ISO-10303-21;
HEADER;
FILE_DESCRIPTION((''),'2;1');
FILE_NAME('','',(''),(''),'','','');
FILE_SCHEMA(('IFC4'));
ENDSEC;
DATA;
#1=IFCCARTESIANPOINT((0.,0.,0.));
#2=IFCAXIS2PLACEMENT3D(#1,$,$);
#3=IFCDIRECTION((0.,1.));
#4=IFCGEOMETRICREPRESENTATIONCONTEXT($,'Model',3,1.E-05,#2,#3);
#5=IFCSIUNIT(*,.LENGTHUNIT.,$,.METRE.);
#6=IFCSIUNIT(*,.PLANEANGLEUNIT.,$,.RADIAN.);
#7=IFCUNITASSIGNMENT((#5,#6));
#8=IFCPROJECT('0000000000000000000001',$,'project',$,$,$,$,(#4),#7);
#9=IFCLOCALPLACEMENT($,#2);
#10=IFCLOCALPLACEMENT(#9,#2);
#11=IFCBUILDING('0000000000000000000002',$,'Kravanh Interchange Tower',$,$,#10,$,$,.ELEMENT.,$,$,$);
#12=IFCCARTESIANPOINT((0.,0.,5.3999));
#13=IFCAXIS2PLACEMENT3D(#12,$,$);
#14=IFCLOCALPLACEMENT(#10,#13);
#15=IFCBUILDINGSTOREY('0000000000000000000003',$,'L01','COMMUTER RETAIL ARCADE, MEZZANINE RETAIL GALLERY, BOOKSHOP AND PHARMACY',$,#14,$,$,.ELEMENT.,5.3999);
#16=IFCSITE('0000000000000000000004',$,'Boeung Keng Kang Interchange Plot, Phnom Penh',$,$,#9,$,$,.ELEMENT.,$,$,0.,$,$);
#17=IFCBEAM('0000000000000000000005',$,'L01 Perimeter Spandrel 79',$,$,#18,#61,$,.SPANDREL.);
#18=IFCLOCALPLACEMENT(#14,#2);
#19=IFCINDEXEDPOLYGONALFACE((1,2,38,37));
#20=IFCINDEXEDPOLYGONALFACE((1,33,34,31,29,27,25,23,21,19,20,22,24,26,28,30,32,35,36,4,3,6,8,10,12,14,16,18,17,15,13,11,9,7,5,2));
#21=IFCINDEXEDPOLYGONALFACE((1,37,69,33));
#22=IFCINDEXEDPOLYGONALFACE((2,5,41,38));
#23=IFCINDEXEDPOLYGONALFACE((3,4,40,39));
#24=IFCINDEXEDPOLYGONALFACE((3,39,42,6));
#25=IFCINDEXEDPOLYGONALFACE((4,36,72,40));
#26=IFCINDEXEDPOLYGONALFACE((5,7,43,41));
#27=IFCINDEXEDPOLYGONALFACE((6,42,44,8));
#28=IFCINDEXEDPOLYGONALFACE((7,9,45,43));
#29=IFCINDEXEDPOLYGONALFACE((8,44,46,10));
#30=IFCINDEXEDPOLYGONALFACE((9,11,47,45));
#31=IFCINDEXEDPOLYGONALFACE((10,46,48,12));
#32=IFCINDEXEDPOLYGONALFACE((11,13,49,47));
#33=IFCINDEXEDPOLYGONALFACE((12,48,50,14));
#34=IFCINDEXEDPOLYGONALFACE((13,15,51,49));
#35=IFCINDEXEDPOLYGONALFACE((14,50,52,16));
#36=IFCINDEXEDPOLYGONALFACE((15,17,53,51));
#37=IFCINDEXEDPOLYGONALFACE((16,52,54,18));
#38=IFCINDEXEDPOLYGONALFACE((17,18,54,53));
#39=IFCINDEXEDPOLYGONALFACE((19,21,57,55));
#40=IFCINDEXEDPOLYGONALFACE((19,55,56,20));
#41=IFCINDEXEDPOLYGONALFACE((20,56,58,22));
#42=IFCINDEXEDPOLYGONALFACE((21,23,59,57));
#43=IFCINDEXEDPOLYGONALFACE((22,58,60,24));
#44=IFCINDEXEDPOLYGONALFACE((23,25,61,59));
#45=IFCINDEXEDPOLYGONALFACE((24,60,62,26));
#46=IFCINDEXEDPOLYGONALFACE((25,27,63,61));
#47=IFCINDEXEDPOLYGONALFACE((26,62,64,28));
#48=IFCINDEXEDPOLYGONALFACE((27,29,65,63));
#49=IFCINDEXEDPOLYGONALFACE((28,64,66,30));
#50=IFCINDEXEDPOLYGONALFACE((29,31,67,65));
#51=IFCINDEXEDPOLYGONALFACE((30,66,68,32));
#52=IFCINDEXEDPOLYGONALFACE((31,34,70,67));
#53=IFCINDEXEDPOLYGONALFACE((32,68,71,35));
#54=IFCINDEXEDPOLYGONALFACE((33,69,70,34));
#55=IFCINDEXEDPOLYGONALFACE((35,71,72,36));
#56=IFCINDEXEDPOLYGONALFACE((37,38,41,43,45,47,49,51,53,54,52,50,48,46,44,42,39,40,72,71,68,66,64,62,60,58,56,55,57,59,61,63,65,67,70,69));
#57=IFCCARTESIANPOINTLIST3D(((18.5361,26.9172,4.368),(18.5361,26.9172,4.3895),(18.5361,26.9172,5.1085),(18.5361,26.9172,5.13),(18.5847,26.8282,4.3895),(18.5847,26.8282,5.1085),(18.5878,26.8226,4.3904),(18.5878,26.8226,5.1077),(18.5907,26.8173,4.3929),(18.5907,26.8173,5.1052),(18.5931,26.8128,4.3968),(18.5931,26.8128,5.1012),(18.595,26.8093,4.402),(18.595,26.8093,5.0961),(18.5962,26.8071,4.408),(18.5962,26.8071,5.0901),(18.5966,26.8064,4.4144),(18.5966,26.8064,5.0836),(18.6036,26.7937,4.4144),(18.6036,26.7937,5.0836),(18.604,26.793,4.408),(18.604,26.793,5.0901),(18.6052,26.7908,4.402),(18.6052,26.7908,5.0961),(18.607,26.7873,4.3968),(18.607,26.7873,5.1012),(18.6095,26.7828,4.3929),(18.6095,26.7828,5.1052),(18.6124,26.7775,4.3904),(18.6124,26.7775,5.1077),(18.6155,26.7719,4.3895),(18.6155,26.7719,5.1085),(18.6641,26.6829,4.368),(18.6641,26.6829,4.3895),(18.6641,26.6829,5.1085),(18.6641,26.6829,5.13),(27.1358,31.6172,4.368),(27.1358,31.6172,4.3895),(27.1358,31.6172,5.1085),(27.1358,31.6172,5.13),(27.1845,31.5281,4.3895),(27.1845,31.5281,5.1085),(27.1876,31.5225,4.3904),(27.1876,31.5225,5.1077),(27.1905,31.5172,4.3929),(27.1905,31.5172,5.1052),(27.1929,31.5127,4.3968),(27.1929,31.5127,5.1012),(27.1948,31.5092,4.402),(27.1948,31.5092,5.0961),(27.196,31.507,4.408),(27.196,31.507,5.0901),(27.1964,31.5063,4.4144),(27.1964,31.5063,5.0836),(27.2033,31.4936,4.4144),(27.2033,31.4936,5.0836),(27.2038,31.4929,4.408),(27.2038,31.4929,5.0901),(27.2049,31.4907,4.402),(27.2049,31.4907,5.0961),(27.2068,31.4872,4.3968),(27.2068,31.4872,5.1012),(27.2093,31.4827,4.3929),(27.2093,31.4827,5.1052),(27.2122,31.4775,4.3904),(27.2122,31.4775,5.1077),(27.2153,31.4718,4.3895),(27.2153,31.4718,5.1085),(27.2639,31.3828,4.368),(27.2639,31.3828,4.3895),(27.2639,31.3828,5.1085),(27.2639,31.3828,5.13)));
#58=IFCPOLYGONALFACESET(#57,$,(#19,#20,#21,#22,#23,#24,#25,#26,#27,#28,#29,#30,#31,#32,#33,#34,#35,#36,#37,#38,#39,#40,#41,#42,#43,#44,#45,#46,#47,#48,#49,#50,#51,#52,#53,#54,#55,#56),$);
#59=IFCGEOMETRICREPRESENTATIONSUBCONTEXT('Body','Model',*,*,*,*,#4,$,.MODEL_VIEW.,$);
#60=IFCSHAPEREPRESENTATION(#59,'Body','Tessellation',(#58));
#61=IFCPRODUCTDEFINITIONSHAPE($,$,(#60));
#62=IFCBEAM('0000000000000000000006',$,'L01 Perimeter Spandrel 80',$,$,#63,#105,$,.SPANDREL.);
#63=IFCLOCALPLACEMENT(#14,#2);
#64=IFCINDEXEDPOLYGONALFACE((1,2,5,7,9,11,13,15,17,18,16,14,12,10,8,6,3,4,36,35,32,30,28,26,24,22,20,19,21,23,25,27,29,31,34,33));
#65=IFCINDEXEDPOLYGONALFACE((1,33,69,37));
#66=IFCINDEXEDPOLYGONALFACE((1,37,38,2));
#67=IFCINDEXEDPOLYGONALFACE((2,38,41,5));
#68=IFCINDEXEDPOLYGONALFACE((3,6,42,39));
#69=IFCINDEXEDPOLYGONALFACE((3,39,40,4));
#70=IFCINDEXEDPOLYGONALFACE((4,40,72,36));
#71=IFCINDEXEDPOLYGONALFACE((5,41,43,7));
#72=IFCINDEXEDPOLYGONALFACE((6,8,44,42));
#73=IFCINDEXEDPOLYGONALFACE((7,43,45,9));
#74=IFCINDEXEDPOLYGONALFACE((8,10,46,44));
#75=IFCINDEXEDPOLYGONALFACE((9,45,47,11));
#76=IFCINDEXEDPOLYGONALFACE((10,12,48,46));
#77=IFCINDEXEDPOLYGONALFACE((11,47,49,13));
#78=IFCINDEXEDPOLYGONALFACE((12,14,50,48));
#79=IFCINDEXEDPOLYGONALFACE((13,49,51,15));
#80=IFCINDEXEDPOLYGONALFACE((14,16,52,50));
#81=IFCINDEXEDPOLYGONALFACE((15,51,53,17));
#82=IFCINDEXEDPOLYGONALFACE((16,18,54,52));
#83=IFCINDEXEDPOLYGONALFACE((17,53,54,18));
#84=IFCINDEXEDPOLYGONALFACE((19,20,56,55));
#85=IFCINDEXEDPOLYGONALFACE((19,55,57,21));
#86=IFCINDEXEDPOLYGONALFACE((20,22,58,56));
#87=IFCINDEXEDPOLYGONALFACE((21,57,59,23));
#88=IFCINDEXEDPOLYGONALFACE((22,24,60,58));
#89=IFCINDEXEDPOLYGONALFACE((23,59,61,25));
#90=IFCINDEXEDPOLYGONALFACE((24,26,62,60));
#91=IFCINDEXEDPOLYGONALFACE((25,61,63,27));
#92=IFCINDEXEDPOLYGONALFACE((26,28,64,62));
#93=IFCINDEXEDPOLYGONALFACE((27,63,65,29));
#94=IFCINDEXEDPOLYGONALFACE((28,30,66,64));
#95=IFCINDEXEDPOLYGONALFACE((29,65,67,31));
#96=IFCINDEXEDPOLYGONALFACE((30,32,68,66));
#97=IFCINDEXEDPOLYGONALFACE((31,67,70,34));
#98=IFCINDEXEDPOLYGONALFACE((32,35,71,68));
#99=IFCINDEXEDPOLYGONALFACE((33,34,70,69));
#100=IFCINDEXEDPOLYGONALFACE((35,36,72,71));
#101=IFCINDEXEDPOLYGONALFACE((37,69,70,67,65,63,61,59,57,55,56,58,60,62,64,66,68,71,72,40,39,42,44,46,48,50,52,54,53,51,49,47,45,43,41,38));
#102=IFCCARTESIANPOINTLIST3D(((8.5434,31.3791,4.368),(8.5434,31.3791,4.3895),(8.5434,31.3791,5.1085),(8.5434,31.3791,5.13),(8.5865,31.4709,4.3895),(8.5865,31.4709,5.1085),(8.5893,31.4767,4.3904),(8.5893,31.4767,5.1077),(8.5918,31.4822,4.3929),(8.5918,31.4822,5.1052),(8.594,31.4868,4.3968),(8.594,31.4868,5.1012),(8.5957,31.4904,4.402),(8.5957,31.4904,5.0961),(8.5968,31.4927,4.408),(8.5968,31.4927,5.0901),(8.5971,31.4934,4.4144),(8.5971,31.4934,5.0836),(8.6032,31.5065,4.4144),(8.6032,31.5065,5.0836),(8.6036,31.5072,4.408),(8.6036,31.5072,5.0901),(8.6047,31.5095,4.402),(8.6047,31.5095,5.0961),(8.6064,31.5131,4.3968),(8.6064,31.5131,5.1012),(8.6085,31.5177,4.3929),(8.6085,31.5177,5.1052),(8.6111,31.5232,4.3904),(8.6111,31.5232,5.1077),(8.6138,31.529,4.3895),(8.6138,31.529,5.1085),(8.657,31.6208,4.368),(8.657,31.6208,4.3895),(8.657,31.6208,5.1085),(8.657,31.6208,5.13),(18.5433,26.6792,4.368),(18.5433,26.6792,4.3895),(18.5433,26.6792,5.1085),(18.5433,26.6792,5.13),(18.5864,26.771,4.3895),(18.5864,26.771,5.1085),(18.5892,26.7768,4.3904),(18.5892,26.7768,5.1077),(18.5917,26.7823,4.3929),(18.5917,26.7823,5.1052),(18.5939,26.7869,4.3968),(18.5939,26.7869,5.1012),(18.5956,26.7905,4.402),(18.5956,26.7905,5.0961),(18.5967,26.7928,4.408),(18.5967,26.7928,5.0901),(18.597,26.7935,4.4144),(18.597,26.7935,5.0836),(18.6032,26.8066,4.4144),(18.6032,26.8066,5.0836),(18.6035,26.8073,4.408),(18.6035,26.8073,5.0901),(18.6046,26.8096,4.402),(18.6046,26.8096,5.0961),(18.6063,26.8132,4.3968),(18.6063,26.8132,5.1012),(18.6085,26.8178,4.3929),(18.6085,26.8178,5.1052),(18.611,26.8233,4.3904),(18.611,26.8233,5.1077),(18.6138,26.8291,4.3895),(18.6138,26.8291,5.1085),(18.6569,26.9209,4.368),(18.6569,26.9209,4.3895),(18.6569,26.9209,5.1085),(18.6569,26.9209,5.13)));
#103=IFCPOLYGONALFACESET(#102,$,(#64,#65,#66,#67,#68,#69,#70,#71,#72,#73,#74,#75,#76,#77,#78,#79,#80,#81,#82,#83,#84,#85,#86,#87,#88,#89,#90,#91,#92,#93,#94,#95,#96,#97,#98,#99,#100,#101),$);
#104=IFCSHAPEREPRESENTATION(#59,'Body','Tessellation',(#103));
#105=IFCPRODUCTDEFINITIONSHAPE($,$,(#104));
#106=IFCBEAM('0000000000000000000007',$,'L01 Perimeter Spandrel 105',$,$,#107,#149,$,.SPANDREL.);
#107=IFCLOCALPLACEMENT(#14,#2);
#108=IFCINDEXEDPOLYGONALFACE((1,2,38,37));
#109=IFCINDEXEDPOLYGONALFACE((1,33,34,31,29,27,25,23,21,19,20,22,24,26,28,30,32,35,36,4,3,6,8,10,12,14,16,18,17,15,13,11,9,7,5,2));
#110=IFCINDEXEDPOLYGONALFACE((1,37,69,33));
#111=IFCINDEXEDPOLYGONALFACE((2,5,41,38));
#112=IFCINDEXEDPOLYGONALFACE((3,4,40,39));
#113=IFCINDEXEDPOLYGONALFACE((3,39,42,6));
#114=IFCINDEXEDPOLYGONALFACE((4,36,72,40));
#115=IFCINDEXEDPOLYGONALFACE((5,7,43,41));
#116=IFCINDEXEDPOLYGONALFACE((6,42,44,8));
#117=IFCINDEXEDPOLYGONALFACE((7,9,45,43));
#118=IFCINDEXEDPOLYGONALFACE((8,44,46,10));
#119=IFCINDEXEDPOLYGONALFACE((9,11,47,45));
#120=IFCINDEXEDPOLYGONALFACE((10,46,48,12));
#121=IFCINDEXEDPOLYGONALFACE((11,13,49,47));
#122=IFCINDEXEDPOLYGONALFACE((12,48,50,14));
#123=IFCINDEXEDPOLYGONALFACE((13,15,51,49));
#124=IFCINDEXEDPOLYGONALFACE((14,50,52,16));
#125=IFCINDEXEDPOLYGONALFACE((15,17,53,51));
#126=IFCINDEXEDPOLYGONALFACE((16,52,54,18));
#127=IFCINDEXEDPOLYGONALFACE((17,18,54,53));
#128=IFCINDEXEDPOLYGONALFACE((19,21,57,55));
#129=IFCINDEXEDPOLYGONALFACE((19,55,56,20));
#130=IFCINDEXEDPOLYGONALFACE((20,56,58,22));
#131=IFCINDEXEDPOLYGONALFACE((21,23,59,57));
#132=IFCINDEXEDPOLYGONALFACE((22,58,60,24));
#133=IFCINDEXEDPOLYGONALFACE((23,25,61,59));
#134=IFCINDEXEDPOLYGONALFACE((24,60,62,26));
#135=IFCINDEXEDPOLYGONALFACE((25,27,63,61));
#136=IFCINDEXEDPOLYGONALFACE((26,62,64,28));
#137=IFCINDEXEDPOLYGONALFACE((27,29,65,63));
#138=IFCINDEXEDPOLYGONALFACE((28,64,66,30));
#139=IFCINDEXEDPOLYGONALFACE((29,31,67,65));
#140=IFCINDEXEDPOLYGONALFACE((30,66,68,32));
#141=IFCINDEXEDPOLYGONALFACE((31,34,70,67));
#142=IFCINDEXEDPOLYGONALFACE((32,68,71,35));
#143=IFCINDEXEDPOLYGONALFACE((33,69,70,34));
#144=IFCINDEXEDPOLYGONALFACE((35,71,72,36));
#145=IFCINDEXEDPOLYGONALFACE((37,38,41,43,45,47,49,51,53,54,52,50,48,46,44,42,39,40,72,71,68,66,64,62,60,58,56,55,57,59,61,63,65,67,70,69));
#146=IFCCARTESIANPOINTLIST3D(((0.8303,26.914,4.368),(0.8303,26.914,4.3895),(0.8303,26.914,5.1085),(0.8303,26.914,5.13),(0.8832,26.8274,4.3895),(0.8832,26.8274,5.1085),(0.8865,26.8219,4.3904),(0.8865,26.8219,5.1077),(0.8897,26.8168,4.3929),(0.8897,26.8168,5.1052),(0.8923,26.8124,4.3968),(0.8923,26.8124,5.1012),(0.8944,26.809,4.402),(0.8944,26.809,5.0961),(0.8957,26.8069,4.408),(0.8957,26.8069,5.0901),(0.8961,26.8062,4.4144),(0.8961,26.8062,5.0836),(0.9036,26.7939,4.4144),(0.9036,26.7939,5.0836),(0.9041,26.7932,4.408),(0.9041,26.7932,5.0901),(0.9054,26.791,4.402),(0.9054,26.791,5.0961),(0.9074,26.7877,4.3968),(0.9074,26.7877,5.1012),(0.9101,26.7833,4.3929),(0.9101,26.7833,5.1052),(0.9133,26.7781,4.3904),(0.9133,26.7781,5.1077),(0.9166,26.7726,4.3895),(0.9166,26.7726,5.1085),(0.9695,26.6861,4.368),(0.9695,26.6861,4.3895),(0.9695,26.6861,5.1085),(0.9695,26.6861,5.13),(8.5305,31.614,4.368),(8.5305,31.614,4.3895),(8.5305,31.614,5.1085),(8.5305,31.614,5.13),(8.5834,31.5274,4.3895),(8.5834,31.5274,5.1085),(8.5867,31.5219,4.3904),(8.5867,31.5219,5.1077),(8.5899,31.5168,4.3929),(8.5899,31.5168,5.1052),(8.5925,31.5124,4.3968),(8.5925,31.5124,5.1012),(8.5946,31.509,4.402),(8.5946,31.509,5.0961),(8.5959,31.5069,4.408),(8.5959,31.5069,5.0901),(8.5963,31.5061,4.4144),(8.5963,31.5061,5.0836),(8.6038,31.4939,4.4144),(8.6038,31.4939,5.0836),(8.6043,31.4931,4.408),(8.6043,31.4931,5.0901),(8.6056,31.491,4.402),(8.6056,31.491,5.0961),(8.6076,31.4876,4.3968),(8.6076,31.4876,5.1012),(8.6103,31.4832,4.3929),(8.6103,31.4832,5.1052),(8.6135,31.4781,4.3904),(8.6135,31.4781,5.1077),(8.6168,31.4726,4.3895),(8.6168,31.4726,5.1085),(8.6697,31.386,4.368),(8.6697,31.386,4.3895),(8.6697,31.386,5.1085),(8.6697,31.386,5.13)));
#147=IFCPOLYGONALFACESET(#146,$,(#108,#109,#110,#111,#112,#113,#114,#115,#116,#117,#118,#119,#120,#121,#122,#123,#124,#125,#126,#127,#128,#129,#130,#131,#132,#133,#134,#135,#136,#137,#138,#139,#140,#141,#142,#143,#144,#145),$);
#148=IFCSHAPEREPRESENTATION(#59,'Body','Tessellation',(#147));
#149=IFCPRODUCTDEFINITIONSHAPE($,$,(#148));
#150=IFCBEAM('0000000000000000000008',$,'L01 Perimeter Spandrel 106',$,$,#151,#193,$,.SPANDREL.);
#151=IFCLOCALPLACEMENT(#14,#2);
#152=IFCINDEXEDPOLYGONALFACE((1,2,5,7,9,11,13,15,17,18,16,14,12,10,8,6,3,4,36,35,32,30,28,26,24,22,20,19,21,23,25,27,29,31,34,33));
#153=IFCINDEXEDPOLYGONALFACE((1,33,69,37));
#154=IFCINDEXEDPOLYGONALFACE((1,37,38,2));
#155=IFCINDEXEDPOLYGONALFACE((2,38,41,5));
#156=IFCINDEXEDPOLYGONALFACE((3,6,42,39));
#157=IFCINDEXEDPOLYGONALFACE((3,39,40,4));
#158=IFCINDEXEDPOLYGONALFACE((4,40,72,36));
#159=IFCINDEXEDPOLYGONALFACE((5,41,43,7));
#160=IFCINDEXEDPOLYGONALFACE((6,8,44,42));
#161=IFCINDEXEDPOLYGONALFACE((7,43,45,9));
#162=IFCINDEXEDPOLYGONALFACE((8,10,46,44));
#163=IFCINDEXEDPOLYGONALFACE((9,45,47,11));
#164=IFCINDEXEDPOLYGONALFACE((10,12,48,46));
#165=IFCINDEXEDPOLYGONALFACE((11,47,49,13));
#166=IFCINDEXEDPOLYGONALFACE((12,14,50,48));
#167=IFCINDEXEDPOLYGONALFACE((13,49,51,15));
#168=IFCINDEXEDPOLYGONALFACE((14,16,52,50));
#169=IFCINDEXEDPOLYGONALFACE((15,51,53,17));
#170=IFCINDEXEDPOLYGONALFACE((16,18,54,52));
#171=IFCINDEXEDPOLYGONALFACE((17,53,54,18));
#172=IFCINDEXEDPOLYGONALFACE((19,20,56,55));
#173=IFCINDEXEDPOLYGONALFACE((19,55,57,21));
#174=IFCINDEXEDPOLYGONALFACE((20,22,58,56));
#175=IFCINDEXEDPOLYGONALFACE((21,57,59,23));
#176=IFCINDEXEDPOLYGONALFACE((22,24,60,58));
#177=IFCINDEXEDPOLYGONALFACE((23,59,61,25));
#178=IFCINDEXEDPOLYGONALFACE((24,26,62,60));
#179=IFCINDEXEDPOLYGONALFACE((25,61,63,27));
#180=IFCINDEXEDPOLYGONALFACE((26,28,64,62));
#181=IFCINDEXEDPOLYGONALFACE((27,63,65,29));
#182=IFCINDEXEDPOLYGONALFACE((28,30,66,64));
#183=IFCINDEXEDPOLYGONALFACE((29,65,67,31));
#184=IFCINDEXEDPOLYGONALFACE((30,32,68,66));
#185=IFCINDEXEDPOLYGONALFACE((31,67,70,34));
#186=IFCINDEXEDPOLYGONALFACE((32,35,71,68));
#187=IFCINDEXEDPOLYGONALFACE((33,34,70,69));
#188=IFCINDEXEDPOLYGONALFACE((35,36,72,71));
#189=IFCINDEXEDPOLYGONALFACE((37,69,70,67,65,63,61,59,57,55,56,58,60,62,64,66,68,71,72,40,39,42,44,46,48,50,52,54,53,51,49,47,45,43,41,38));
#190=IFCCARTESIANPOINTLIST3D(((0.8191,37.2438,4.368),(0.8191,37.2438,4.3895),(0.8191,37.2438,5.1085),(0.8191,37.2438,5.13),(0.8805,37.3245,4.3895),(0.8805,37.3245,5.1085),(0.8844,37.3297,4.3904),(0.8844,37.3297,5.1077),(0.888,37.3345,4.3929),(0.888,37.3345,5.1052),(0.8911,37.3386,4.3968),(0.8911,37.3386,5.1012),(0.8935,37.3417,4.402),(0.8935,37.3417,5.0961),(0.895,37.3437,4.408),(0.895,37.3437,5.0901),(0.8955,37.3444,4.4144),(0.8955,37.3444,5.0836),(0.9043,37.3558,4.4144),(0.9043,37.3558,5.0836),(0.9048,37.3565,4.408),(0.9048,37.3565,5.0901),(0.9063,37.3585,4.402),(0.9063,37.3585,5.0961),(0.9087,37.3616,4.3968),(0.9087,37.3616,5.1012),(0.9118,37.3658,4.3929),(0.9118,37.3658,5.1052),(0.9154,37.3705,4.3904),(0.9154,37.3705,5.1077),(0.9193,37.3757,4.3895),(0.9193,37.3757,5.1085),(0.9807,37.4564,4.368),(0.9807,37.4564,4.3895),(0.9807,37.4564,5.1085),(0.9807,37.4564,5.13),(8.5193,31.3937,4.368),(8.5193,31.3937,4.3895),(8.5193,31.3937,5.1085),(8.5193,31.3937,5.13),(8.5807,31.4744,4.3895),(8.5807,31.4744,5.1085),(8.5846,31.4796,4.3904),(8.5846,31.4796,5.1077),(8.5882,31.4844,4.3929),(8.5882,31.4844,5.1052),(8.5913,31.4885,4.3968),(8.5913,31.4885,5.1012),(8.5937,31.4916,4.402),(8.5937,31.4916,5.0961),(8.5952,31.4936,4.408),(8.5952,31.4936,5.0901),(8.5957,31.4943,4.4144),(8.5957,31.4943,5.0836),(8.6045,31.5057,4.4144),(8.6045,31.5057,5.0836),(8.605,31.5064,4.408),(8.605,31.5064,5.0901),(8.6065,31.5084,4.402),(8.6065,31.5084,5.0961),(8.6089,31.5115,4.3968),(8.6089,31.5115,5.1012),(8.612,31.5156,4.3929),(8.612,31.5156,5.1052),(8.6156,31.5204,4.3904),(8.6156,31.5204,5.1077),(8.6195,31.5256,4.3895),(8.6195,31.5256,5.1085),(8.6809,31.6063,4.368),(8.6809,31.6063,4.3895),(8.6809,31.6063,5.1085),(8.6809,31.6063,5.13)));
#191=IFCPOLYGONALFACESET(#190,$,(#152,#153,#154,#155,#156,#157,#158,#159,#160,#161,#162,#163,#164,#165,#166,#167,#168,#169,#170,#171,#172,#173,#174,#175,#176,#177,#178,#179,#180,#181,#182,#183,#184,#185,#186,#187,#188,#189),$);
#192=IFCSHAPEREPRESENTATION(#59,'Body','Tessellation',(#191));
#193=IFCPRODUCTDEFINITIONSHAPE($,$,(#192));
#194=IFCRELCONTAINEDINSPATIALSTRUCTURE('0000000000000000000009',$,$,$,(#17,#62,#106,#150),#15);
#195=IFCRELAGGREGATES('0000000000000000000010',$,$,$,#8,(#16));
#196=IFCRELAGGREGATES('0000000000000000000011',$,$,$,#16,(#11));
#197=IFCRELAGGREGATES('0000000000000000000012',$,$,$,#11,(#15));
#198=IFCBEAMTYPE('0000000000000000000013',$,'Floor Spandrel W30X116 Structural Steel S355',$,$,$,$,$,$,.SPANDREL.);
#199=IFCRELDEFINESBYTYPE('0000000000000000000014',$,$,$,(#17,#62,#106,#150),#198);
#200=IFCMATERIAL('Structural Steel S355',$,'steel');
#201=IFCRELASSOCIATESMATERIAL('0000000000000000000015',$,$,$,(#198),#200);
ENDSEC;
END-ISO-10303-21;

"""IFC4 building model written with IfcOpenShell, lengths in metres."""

from ifc_helpers import new_model, si_unit, direction, frame, origin, origin_2d, place, context, subcontext, project, spatial, i_section, extrude, material, material_profile, profile_set, type_object, element, save


model = new_model("IFC4")

# Units and contexts
model_context = context("Model", 3, precision=1e-05, world=origin(), true_north=direction((0.0, 1.0)))
body_context = subcontext(model_context, "Body", "Model", "MODEL_VIEW")
ifc_project = project(units=[si_unit("LENGTHUNIT", "METRE"), si_unit("PLANEANGLEUNIT", "RADIAN")], contexts=[model_context])

# Site, building, storey
site_placement = place(None, origin())
site = spatial("IfcSite", under=ifc_project, at=site_placement, Name="Boeung Keng Kang Interchange Plot, Phnom Penh", CompositionType="ELEMENT", RefElevation=0.0)
building_placement = place(site_placement, origin())
building = spatial("IfcBuilding", under=site, at=building_placement, Name="Kravanh Interchange Tower", CompositionType="ELEMENT")
storey_placement = place(building_placement, frame((0.0, 0.0, 5.3999)))
storey = spatial("IfcBuildingStorey", under=building, at=storey_placement, Name="L01", Description="COMMUTER RETAIL ARCADE, MEZZANINE RETAIL GALLERY, BOOKSHOP AND PHARMACY", CompositionType="ELEMENT", Elevation=5.3999)

# Beams
ifc_material_1 = material(Name="Structural Steel S355", Category="steel")
ifc_material_profile_1 = material_profile(ifc_material_1, i_section(OverallWidth=0.2671, OverallDepth=0.762, WebThickness=0.0144, FlangeThickness=0.0215, FilletRadius=0.0249, at=origin_2d()), Name="W30X116")
ifc_profile_set_1 = profile_set([ifc_material_profile_1], Name="Structural Steel S355")
beam_type_1 = type_object("IfcBeamType", Name="Floor Spandrel W30X116 Structural Steel S355", PredefinedType="SPANDREL", material=ifc_profile_set_1)
beam_1_placement = place(storey_placement, frame((18.6001, 26.8, 4.749), z_axis=(0.877504, 0.479569, 0.0), x_axis=(-0.479569, 0.877504, 0.0)))
element("IfcBeam", 1, at=beam_1_placement, inside=storey, type_object=beam_type_1, Name="L01 Perimeter Spandrel 79", PredefinedType="SPANDREL", context=body_context, shape_type="SweptSolid", body=[
    extrude(i_section(OverallWidth=0.2671, OverallDepth=0.762, WebThickness=0.0144, FlangeThickness=0.0215, FilletRadius=0.0249, at=origin_2d()), origin(), (0.0, 0.0, 1.0), 9.8003),
])
beam_2_placement = place(storey_placement, frame((18.6001, 26.8, 4.749), z_axis=(-0.905025, 0.425358, 0.0), x_axis=(-0.425358, -0.905025, 0.0)))
element("IfcBeam", 2, at=beam_2_placement, inside=storey, type_object=beam_type_1, Name="L01 Perimeter Spandrel 80", PredefinedType="SPANDREL", context=body_context, shape_type="SweptSolid", body=[
    extrude(i_section(OverallWidth=0.2671, OverallDepth=0.762, WebThickness=0.0144, FlangeThickness=0.0215, FilletRadius=0.0249, at=origin_2d()), origin(), (0.0, 0.0, 1.0), 11.0493),
])
beam_3_placement = place(storey_placement, frame((8.6001, 31.5, 4.749), z_axis=(-0.853564, -0.520988, 0.0), x_axis=(0.520988, -0.853564, 0.0)))
element("IfcBeam", 3, at=beam_3_placement, inside=storey, type_object=beam_type_1, Name="L01 Perimeter Spandrel 105", PredefinedType="SPANDREL", context=body_context, shape_type="SweptSolid", body=[
    extrude(i_section(OverallWidth=0.2671, OverallDepth=0.762, WebThickness=0.0144, FlangeThickness=0.0215, FilletRadius=0.0249, at=origin_2d()), origin(), (0.0, 0.0, 1.0), 9.0212),
])
beam_4_placement = place(storey_placement, frame((8.6001, 31.5, 4.749), z_axis=(-0.796264, 0.604949, 0.0), x_axis=(-0.604949, -0.796264, 0.0)))
element("IfcBeam", 4, at=beam_4_placement, inside=storey, type_object=beam_type_1, Name="L01 Perimeter Spandrel 106", PredefinedType="SPANDREL", context=body_context, shape_type="SweptSolid", body=[
    extrude(i_section(OverallWidth=0.2671, OverallDepth=0.762, WebThickness=0.0144, FlangeThickness=0.0215, FilletRadius=0.0249, at=origin_2d()), origin(), (0.0, 0.0, 1.0), 9.6704),
])

save(model, "model.ifc")
